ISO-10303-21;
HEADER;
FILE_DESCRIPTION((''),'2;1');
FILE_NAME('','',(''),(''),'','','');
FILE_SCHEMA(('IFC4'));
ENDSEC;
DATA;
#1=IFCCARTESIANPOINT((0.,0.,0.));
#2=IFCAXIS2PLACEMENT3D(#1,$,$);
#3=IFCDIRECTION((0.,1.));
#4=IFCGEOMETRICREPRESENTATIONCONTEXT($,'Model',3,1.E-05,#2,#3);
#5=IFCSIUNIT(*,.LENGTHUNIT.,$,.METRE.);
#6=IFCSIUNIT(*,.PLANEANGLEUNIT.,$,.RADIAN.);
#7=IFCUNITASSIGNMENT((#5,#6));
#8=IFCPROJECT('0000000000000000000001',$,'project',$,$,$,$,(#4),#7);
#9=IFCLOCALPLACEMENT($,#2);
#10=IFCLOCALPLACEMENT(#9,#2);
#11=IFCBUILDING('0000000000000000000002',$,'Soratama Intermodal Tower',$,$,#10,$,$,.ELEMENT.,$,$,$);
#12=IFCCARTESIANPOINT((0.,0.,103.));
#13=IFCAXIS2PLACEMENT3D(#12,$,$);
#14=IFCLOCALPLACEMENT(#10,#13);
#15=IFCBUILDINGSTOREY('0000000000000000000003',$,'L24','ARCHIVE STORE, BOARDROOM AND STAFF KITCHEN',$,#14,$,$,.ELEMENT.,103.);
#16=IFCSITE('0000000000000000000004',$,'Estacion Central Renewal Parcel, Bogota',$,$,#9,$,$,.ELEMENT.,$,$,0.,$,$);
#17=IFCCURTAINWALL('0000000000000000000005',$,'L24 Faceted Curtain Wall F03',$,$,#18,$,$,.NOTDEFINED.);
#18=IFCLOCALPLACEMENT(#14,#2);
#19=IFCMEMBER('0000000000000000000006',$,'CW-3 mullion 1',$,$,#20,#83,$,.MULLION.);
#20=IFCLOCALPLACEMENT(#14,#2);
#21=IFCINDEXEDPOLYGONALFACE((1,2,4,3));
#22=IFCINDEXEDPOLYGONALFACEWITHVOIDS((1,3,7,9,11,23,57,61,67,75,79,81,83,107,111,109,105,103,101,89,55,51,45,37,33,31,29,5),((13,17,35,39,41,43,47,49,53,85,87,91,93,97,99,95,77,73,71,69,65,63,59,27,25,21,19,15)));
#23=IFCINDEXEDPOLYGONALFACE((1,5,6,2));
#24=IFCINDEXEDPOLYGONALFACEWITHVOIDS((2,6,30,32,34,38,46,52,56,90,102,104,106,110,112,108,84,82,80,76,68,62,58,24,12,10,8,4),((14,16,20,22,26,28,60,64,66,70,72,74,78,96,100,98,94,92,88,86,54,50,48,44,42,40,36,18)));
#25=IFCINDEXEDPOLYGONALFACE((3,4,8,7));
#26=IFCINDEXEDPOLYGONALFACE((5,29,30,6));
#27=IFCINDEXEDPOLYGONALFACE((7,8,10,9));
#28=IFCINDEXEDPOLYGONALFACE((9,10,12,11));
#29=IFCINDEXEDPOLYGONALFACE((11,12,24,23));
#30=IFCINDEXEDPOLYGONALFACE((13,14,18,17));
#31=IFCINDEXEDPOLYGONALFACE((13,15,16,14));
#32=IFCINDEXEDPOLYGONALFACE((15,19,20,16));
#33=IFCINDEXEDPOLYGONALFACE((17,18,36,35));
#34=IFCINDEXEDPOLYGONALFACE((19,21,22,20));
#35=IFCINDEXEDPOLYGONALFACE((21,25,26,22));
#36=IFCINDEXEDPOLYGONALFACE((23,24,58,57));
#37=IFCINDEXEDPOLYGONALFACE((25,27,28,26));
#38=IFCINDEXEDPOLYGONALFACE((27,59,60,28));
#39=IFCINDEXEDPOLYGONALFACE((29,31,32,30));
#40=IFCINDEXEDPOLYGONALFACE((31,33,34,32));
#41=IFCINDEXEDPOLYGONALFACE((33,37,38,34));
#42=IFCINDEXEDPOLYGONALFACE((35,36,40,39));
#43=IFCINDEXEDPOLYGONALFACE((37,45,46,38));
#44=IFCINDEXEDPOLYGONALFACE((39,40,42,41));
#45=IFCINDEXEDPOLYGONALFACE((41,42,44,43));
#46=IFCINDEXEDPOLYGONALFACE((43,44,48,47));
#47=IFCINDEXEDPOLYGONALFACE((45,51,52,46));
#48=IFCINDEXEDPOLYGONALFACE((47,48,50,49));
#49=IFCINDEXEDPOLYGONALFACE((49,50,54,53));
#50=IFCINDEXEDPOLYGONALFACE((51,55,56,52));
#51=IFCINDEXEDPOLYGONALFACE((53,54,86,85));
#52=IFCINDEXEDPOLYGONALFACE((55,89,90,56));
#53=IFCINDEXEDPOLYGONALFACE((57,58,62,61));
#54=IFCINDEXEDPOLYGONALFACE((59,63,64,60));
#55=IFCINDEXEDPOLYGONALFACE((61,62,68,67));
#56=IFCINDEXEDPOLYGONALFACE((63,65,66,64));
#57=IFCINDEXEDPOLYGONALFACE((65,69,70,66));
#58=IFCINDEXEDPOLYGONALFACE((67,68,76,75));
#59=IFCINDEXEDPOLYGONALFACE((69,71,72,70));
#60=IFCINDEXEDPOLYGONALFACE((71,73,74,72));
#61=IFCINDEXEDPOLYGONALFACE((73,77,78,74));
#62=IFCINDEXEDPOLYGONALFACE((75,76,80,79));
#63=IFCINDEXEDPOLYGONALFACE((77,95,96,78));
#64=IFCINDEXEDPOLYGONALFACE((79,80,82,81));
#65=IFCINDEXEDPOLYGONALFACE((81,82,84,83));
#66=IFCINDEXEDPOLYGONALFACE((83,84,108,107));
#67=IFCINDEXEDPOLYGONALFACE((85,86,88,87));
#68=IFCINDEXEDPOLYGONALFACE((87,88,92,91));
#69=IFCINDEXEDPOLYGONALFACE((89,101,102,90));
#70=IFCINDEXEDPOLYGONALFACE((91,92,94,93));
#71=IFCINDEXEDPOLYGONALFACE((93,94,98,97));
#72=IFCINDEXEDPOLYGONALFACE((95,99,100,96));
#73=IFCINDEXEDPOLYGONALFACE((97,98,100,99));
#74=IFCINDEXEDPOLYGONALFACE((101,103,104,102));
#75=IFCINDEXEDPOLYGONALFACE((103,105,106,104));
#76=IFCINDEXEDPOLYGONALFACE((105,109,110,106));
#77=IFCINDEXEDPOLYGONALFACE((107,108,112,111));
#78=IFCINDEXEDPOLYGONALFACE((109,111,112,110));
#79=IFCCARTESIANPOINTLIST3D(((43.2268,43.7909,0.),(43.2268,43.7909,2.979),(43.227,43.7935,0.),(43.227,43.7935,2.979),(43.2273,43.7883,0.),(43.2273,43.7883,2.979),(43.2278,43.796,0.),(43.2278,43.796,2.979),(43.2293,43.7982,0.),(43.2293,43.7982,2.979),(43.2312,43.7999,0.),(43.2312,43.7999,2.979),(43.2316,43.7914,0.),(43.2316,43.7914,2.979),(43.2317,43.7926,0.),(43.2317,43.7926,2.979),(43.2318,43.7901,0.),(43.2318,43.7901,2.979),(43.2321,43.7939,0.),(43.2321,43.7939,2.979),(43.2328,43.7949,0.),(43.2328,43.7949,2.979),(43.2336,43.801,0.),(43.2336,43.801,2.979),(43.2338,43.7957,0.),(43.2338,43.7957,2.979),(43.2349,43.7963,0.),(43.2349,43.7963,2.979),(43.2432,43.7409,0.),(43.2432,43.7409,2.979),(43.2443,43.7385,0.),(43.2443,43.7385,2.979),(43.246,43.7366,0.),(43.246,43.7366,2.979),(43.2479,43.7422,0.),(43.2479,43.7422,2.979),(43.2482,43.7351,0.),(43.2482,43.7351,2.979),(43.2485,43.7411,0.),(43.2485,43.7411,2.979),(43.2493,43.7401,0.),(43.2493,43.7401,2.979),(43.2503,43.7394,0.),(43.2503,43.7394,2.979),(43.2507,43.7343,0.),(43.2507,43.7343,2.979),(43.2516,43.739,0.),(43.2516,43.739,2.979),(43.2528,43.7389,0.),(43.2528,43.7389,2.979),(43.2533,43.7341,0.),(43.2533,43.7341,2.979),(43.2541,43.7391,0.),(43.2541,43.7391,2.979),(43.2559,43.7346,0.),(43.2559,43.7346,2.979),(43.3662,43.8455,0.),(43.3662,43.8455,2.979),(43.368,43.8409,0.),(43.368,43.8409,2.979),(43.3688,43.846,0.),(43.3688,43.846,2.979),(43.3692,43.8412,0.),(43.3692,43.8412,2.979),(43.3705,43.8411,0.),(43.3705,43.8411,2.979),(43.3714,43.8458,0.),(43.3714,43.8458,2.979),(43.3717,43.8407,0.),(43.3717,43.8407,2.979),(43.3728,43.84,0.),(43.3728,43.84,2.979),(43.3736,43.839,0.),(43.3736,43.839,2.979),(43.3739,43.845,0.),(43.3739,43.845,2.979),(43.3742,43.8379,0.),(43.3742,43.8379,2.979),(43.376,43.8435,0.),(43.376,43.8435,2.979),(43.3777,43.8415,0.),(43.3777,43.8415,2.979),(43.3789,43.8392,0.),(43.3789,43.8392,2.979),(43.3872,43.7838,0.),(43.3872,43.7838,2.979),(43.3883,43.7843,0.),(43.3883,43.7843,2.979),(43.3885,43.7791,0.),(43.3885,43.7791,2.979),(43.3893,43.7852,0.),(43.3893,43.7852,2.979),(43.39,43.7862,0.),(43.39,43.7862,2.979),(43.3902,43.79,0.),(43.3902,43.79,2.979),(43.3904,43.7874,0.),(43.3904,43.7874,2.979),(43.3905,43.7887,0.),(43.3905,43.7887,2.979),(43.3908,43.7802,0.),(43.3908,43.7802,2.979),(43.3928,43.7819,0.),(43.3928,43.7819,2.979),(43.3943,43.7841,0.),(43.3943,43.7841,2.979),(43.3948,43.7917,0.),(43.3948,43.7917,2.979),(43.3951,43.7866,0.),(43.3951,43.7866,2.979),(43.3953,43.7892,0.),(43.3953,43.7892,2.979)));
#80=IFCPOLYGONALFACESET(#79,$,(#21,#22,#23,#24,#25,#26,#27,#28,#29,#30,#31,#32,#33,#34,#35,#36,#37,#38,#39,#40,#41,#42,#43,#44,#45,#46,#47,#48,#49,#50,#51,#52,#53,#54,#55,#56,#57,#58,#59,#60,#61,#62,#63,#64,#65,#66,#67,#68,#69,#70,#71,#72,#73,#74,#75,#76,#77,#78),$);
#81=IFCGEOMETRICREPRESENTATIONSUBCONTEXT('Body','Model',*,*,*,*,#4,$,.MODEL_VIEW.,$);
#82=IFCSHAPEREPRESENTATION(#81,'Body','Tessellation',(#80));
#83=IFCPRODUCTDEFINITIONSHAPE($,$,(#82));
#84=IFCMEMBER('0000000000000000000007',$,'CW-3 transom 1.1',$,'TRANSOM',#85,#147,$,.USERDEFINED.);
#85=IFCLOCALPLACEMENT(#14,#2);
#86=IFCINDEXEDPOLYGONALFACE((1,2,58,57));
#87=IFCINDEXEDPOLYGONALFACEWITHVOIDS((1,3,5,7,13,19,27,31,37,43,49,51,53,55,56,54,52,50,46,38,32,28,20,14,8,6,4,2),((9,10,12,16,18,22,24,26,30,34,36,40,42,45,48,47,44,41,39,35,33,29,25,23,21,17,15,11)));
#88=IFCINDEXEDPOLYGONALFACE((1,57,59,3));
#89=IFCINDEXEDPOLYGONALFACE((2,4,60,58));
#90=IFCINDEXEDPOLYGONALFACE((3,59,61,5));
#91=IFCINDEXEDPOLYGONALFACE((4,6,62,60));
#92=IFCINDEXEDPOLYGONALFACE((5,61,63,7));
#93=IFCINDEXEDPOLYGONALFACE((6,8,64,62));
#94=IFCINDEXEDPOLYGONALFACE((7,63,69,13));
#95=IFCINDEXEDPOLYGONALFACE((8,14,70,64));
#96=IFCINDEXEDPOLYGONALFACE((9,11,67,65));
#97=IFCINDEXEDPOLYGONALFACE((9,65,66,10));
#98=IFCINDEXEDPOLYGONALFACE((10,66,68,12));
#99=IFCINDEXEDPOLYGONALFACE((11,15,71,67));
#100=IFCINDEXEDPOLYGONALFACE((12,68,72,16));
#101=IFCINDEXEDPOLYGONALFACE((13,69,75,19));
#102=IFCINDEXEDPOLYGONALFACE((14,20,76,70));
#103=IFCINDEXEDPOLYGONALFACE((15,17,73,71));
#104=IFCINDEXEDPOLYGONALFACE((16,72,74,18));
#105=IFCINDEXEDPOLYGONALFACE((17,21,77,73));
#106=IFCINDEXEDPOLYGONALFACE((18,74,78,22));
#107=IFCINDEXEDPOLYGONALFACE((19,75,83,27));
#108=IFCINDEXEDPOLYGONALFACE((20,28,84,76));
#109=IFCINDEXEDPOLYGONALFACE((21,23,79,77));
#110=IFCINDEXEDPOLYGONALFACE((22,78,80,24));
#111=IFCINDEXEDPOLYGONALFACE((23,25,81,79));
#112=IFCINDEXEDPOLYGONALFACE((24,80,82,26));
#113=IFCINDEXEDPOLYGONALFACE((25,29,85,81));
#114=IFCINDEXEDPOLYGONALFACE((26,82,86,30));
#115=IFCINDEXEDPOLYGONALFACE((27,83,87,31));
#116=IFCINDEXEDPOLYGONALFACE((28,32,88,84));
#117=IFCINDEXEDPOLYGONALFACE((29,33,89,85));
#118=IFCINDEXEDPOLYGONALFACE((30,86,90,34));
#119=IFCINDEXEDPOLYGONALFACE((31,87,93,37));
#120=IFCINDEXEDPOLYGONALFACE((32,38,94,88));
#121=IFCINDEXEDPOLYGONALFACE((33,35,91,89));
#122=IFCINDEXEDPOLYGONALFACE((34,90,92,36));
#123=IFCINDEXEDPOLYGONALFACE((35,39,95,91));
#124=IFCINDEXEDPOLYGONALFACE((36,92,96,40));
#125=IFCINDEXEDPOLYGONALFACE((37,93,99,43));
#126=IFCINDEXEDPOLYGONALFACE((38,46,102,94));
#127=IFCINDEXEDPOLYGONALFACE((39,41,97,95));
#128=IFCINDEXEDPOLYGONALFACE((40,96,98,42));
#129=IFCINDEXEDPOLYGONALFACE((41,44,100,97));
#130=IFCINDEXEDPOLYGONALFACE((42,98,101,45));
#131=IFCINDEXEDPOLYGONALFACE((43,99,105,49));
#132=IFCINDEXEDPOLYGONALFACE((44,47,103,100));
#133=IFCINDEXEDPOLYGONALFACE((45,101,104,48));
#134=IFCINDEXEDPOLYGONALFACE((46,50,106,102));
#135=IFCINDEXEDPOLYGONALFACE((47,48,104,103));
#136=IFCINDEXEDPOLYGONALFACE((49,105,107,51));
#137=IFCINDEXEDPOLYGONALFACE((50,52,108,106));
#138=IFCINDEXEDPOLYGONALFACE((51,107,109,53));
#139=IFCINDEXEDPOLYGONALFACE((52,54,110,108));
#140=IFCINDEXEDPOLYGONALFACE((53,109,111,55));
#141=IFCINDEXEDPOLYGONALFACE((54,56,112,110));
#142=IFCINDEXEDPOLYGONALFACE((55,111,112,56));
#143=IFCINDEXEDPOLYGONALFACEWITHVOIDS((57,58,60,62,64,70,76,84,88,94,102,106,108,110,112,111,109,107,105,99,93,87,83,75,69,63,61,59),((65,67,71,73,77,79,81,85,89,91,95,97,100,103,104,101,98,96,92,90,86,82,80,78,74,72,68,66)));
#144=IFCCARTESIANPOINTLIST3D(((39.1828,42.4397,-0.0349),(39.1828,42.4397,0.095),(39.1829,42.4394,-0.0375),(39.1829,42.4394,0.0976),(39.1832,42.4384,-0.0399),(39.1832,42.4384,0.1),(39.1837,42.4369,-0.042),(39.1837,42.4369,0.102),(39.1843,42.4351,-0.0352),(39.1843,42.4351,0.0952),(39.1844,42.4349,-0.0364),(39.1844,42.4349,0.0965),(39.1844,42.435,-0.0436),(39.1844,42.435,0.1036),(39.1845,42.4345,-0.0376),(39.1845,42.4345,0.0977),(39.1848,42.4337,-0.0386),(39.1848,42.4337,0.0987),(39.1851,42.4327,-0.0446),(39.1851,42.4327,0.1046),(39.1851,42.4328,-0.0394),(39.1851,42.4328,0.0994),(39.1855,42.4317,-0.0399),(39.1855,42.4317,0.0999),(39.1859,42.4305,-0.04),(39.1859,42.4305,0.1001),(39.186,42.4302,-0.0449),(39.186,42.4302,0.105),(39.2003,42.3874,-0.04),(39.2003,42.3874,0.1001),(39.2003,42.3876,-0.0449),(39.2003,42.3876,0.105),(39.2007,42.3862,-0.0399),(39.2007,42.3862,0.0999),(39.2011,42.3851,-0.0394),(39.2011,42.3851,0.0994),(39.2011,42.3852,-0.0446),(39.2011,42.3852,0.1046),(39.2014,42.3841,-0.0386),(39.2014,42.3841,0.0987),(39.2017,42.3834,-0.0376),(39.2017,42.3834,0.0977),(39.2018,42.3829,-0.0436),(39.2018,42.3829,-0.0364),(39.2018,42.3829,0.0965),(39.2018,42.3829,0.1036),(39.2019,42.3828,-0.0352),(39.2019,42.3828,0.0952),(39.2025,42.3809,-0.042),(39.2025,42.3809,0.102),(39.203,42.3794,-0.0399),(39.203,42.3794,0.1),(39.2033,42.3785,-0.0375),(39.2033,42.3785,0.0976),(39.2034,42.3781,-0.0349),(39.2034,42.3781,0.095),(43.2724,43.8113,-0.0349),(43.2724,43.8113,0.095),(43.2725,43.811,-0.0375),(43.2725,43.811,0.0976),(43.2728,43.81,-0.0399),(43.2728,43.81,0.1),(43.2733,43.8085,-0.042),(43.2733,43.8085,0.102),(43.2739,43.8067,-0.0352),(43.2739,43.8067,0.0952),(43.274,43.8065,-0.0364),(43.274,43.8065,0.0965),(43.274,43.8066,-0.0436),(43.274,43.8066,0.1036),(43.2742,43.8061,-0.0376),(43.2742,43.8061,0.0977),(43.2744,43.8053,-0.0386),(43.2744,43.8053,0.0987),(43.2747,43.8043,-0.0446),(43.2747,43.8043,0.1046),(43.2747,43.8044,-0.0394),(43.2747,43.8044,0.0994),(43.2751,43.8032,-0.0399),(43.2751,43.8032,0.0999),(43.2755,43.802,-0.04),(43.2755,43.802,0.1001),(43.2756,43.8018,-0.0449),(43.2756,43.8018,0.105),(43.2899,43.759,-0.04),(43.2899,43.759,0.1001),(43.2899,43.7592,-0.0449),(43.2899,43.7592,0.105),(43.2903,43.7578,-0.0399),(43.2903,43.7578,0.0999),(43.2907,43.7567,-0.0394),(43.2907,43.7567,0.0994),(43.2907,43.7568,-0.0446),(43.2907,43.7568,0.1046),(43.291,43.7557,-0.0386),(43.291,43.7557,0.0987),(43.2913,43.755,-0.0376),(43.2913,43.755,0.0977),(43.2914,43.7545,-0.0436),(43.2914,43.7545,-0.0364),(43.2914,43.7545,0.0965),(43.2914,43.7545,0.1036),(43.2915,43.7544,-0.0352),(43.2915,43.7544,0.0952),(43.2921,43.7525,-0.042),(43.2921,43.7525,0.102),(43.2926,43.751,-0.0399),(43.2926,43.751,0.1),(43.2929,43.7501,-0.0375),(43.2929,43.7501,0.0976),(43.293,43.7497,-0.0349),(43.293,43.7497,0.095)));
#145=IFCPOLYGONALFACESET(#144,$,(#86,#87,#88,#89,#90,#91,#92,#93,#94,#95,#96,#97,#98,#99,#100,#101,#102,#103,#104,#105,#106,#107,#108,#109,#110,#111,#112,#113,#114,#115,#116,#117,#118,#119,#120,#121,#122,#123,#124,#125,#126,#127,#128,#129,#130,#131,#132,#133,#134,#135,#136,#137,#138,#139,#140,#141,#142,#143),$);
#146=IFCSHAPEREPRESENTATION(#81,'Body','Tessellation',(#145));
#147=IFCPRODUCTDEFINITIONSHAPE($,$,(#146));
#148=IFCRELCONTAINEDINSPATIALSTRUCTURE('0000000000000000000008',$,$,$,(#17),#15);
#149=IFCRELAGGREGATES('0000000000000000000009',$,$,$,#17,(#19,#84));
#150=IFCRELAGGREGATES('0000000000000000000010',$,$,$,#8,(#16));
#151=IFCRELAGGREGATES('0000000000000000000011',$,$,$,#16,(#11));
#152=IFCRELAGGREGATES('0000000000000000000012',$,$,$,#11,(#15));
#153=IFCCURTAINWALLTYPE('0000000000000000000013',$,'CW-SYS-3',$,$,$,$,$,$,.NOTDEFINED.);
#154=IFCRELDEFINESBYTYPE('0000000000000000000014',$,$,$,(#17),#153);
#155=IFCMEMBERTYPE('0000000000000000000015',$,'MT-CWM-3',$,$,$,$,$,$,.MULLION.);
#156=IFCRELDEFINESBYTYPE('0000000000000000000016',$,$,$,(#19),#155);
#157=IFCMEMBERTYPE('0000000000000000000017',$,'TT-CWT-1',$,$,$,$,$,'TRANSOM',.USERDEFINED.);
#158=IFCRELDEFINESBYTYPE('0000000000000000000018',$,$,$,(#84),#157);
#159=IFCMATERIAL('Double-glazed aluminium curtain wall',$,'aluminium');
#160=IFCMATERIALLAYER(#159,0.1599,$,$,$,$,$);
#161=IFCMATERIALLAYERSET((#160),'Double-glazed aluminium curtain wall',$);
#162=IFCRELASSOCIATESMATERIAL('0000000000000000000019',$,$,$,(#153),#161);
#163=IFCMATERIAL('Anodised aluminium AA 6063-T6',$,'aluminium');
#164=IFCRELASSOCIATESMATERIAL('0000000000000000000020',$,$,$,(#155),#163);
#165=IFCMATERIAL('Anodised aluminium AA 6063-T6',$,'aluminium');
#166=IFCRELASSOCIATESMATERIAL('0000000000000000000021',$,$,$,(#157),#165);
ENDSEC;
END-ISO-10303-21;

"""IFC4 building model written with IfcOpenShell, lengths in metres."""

from ifc_helpers import new_model, si_unit, direction, frame, origin, origin_2d, place, context, subcontext, project, spatial, hollow_rectangle, extrude, material, layer, layer_set, material_profile, profile_set, type_object, element, aggregate, save


model = new_model("IFC4")

# Units and contexts
model_context = context("Model", 3, precision=1e-05, world=origin(), true_north=direction((0.0, 1.0)))
body_context = subcontext(model_context, "Body", "Model", "MODEL_VIEW")
ifc_project = project(units=[si_unit("LENGTHUNIT", "METRE"), si_unit("PLANEANGLEUNIT", "RADIAN")], contexts=[model_context])

# Site, building, storey
site_placement = place(None, origin())
site = spatial("IfcSite", under=ifc_project, at=site_placement, Name="Estacion Central Renewal Parcel, Bogota", CompositionType="ELEMENT", RefElevation=0.0)
building_placement = place(site_placement, origin())
building = spatial("IfcBuilding", under=site, at=building_placement, Name="Soratama Intermodal Tower", CompositionType="ELEMENT")
storey_placement = place(building_placement, frame((0.0, 0.0, 103.0)))
storey = spatial("IfcBuildingStorey", under=building, at=storey_placement, Name="L24", Description="ARCHIVE STORE, BOARDROOM AND STAFF KITCHEN", CompositionType="ELEMENT", Elevation=103.0)

# Curtain wall, members
ifc_material_1 = material(Name="Double-glazed aluminium curtain wall", Category="aluminium")
ifc_layer_1 = layer(ifc_material_1, 0.1599)
ifc_layer_set_1 = layer_set([ifc_layer_1], Name="Double-glazed aluminium curtain wall")
curtain_wall_type = type_object("IfcCurtainWallType", Name="CW-SYS-3", PredefinedType="NOTDEFINED", material=ifc_layer_set_1)
curtain_wall_placement = place(storey_placement, origin())
curtain_wall = element("IfcCurtainWall", 1, at=curtain_wall_placement, inside=storey, type_object=curtain_wall_type, Name="L24 Faceted Curtain Wall F03", PredefinedType="NOTDEFINED")
ifc_material_2 = material(Name="Anodised aluminium AA 6063-T6", Category="aluminium")
ifc_material_profile_1 = material_profile(ifc_material_2, hollow_rectangle(XDim=0.0701, YDim=0.1599, WallThickness=0.0049, InnerFilletRadius=0.0049, OuterFilletRadius=0.01, at=origin_2d()), Name="CWM160X70X5")
ifc_profile_set_1 = profile_set([ifc_material_profile_1], Name="Anodised aluminium AA 6063-T6")
member_type_1 = type_object("IfcMemberType", Name="MT-CWM-3", PredefinedType="MULLION", material=ifc_profile_set_1)
member_1_placement = place(storey_placement, frame((43.311, 43.79, 0.0), z_axis=(0.0, 0.0, 1.0), x_axis=(0.317958, -0.948105, 0.0)))
member_1 = element("IfcMember", 2, at=member_1_placement, type_object=member_type_1, Name="CW-3 mullion 1", PredefinedType="MULLION", context=body_context, shape_type="SweptSolid", body=[
    extrude(hollow_rectangle(XDim=0.0701, YDim=0.1599, WallThickness=0.0049, InnerFilletRadius=0.0049, OuterFilletRadius=0.01, at=origin_2d()), origin(), (0.0, 0.0, 1.0), 2.979),
])
ifc_material_3 = material(Name="Anodised aluminium AA 6063-T6", Category="aluminium")
ifc_material_profile_2 = material_profile(ifc_material_3, hollow_rectangle(XDim=0.0649, YDim=0.1499, WallThickness=0.0049, InnerFilletRadius=0.0049, OuterFilletRadius=0.01, at=origin_2d()), Name="CWT150X65X5")
ifc_profile_set_2 = profile_set([ifc_material_profile_2], Name="Anodised aluminium AA 6063-T6")
member_type_2 = type_object("IfcMemberType", Name="TT-CWT-1", ElementType="TRANSOM", PredefinedType="USERDEFINED", material=ifc_profile_set_2)
member_2_placement = place(storey_placement, frame((43.2827, 43.7805, 0.03), z_axis=(-0.948099, -0.317976, 0.0), x_axis=(0.317976, -0.948099, 0.0)))
member_2 = element("IfcMember", 3, at=member_2_placement, type_object=member_type_2, Name="CW-3 transom 1.1", ObjectType="TRANSOM", PredefinedType="USERDEFINED", context=body_context, shape_type="SweptSolid", body=[
    extrude(hollow_rectangle(XDim=0.0649, YDim=0.1499, WallThickness=0.0049, InnerFilletRadius=0.0049, OuterFilletRadius=0.01, at=origin_2d()), origin(), (0.0, 0.0, 1.0), 4.3135),
])
aggregate(curtain_wall, [member_1, member_2])

save(model, "model.ifc")
